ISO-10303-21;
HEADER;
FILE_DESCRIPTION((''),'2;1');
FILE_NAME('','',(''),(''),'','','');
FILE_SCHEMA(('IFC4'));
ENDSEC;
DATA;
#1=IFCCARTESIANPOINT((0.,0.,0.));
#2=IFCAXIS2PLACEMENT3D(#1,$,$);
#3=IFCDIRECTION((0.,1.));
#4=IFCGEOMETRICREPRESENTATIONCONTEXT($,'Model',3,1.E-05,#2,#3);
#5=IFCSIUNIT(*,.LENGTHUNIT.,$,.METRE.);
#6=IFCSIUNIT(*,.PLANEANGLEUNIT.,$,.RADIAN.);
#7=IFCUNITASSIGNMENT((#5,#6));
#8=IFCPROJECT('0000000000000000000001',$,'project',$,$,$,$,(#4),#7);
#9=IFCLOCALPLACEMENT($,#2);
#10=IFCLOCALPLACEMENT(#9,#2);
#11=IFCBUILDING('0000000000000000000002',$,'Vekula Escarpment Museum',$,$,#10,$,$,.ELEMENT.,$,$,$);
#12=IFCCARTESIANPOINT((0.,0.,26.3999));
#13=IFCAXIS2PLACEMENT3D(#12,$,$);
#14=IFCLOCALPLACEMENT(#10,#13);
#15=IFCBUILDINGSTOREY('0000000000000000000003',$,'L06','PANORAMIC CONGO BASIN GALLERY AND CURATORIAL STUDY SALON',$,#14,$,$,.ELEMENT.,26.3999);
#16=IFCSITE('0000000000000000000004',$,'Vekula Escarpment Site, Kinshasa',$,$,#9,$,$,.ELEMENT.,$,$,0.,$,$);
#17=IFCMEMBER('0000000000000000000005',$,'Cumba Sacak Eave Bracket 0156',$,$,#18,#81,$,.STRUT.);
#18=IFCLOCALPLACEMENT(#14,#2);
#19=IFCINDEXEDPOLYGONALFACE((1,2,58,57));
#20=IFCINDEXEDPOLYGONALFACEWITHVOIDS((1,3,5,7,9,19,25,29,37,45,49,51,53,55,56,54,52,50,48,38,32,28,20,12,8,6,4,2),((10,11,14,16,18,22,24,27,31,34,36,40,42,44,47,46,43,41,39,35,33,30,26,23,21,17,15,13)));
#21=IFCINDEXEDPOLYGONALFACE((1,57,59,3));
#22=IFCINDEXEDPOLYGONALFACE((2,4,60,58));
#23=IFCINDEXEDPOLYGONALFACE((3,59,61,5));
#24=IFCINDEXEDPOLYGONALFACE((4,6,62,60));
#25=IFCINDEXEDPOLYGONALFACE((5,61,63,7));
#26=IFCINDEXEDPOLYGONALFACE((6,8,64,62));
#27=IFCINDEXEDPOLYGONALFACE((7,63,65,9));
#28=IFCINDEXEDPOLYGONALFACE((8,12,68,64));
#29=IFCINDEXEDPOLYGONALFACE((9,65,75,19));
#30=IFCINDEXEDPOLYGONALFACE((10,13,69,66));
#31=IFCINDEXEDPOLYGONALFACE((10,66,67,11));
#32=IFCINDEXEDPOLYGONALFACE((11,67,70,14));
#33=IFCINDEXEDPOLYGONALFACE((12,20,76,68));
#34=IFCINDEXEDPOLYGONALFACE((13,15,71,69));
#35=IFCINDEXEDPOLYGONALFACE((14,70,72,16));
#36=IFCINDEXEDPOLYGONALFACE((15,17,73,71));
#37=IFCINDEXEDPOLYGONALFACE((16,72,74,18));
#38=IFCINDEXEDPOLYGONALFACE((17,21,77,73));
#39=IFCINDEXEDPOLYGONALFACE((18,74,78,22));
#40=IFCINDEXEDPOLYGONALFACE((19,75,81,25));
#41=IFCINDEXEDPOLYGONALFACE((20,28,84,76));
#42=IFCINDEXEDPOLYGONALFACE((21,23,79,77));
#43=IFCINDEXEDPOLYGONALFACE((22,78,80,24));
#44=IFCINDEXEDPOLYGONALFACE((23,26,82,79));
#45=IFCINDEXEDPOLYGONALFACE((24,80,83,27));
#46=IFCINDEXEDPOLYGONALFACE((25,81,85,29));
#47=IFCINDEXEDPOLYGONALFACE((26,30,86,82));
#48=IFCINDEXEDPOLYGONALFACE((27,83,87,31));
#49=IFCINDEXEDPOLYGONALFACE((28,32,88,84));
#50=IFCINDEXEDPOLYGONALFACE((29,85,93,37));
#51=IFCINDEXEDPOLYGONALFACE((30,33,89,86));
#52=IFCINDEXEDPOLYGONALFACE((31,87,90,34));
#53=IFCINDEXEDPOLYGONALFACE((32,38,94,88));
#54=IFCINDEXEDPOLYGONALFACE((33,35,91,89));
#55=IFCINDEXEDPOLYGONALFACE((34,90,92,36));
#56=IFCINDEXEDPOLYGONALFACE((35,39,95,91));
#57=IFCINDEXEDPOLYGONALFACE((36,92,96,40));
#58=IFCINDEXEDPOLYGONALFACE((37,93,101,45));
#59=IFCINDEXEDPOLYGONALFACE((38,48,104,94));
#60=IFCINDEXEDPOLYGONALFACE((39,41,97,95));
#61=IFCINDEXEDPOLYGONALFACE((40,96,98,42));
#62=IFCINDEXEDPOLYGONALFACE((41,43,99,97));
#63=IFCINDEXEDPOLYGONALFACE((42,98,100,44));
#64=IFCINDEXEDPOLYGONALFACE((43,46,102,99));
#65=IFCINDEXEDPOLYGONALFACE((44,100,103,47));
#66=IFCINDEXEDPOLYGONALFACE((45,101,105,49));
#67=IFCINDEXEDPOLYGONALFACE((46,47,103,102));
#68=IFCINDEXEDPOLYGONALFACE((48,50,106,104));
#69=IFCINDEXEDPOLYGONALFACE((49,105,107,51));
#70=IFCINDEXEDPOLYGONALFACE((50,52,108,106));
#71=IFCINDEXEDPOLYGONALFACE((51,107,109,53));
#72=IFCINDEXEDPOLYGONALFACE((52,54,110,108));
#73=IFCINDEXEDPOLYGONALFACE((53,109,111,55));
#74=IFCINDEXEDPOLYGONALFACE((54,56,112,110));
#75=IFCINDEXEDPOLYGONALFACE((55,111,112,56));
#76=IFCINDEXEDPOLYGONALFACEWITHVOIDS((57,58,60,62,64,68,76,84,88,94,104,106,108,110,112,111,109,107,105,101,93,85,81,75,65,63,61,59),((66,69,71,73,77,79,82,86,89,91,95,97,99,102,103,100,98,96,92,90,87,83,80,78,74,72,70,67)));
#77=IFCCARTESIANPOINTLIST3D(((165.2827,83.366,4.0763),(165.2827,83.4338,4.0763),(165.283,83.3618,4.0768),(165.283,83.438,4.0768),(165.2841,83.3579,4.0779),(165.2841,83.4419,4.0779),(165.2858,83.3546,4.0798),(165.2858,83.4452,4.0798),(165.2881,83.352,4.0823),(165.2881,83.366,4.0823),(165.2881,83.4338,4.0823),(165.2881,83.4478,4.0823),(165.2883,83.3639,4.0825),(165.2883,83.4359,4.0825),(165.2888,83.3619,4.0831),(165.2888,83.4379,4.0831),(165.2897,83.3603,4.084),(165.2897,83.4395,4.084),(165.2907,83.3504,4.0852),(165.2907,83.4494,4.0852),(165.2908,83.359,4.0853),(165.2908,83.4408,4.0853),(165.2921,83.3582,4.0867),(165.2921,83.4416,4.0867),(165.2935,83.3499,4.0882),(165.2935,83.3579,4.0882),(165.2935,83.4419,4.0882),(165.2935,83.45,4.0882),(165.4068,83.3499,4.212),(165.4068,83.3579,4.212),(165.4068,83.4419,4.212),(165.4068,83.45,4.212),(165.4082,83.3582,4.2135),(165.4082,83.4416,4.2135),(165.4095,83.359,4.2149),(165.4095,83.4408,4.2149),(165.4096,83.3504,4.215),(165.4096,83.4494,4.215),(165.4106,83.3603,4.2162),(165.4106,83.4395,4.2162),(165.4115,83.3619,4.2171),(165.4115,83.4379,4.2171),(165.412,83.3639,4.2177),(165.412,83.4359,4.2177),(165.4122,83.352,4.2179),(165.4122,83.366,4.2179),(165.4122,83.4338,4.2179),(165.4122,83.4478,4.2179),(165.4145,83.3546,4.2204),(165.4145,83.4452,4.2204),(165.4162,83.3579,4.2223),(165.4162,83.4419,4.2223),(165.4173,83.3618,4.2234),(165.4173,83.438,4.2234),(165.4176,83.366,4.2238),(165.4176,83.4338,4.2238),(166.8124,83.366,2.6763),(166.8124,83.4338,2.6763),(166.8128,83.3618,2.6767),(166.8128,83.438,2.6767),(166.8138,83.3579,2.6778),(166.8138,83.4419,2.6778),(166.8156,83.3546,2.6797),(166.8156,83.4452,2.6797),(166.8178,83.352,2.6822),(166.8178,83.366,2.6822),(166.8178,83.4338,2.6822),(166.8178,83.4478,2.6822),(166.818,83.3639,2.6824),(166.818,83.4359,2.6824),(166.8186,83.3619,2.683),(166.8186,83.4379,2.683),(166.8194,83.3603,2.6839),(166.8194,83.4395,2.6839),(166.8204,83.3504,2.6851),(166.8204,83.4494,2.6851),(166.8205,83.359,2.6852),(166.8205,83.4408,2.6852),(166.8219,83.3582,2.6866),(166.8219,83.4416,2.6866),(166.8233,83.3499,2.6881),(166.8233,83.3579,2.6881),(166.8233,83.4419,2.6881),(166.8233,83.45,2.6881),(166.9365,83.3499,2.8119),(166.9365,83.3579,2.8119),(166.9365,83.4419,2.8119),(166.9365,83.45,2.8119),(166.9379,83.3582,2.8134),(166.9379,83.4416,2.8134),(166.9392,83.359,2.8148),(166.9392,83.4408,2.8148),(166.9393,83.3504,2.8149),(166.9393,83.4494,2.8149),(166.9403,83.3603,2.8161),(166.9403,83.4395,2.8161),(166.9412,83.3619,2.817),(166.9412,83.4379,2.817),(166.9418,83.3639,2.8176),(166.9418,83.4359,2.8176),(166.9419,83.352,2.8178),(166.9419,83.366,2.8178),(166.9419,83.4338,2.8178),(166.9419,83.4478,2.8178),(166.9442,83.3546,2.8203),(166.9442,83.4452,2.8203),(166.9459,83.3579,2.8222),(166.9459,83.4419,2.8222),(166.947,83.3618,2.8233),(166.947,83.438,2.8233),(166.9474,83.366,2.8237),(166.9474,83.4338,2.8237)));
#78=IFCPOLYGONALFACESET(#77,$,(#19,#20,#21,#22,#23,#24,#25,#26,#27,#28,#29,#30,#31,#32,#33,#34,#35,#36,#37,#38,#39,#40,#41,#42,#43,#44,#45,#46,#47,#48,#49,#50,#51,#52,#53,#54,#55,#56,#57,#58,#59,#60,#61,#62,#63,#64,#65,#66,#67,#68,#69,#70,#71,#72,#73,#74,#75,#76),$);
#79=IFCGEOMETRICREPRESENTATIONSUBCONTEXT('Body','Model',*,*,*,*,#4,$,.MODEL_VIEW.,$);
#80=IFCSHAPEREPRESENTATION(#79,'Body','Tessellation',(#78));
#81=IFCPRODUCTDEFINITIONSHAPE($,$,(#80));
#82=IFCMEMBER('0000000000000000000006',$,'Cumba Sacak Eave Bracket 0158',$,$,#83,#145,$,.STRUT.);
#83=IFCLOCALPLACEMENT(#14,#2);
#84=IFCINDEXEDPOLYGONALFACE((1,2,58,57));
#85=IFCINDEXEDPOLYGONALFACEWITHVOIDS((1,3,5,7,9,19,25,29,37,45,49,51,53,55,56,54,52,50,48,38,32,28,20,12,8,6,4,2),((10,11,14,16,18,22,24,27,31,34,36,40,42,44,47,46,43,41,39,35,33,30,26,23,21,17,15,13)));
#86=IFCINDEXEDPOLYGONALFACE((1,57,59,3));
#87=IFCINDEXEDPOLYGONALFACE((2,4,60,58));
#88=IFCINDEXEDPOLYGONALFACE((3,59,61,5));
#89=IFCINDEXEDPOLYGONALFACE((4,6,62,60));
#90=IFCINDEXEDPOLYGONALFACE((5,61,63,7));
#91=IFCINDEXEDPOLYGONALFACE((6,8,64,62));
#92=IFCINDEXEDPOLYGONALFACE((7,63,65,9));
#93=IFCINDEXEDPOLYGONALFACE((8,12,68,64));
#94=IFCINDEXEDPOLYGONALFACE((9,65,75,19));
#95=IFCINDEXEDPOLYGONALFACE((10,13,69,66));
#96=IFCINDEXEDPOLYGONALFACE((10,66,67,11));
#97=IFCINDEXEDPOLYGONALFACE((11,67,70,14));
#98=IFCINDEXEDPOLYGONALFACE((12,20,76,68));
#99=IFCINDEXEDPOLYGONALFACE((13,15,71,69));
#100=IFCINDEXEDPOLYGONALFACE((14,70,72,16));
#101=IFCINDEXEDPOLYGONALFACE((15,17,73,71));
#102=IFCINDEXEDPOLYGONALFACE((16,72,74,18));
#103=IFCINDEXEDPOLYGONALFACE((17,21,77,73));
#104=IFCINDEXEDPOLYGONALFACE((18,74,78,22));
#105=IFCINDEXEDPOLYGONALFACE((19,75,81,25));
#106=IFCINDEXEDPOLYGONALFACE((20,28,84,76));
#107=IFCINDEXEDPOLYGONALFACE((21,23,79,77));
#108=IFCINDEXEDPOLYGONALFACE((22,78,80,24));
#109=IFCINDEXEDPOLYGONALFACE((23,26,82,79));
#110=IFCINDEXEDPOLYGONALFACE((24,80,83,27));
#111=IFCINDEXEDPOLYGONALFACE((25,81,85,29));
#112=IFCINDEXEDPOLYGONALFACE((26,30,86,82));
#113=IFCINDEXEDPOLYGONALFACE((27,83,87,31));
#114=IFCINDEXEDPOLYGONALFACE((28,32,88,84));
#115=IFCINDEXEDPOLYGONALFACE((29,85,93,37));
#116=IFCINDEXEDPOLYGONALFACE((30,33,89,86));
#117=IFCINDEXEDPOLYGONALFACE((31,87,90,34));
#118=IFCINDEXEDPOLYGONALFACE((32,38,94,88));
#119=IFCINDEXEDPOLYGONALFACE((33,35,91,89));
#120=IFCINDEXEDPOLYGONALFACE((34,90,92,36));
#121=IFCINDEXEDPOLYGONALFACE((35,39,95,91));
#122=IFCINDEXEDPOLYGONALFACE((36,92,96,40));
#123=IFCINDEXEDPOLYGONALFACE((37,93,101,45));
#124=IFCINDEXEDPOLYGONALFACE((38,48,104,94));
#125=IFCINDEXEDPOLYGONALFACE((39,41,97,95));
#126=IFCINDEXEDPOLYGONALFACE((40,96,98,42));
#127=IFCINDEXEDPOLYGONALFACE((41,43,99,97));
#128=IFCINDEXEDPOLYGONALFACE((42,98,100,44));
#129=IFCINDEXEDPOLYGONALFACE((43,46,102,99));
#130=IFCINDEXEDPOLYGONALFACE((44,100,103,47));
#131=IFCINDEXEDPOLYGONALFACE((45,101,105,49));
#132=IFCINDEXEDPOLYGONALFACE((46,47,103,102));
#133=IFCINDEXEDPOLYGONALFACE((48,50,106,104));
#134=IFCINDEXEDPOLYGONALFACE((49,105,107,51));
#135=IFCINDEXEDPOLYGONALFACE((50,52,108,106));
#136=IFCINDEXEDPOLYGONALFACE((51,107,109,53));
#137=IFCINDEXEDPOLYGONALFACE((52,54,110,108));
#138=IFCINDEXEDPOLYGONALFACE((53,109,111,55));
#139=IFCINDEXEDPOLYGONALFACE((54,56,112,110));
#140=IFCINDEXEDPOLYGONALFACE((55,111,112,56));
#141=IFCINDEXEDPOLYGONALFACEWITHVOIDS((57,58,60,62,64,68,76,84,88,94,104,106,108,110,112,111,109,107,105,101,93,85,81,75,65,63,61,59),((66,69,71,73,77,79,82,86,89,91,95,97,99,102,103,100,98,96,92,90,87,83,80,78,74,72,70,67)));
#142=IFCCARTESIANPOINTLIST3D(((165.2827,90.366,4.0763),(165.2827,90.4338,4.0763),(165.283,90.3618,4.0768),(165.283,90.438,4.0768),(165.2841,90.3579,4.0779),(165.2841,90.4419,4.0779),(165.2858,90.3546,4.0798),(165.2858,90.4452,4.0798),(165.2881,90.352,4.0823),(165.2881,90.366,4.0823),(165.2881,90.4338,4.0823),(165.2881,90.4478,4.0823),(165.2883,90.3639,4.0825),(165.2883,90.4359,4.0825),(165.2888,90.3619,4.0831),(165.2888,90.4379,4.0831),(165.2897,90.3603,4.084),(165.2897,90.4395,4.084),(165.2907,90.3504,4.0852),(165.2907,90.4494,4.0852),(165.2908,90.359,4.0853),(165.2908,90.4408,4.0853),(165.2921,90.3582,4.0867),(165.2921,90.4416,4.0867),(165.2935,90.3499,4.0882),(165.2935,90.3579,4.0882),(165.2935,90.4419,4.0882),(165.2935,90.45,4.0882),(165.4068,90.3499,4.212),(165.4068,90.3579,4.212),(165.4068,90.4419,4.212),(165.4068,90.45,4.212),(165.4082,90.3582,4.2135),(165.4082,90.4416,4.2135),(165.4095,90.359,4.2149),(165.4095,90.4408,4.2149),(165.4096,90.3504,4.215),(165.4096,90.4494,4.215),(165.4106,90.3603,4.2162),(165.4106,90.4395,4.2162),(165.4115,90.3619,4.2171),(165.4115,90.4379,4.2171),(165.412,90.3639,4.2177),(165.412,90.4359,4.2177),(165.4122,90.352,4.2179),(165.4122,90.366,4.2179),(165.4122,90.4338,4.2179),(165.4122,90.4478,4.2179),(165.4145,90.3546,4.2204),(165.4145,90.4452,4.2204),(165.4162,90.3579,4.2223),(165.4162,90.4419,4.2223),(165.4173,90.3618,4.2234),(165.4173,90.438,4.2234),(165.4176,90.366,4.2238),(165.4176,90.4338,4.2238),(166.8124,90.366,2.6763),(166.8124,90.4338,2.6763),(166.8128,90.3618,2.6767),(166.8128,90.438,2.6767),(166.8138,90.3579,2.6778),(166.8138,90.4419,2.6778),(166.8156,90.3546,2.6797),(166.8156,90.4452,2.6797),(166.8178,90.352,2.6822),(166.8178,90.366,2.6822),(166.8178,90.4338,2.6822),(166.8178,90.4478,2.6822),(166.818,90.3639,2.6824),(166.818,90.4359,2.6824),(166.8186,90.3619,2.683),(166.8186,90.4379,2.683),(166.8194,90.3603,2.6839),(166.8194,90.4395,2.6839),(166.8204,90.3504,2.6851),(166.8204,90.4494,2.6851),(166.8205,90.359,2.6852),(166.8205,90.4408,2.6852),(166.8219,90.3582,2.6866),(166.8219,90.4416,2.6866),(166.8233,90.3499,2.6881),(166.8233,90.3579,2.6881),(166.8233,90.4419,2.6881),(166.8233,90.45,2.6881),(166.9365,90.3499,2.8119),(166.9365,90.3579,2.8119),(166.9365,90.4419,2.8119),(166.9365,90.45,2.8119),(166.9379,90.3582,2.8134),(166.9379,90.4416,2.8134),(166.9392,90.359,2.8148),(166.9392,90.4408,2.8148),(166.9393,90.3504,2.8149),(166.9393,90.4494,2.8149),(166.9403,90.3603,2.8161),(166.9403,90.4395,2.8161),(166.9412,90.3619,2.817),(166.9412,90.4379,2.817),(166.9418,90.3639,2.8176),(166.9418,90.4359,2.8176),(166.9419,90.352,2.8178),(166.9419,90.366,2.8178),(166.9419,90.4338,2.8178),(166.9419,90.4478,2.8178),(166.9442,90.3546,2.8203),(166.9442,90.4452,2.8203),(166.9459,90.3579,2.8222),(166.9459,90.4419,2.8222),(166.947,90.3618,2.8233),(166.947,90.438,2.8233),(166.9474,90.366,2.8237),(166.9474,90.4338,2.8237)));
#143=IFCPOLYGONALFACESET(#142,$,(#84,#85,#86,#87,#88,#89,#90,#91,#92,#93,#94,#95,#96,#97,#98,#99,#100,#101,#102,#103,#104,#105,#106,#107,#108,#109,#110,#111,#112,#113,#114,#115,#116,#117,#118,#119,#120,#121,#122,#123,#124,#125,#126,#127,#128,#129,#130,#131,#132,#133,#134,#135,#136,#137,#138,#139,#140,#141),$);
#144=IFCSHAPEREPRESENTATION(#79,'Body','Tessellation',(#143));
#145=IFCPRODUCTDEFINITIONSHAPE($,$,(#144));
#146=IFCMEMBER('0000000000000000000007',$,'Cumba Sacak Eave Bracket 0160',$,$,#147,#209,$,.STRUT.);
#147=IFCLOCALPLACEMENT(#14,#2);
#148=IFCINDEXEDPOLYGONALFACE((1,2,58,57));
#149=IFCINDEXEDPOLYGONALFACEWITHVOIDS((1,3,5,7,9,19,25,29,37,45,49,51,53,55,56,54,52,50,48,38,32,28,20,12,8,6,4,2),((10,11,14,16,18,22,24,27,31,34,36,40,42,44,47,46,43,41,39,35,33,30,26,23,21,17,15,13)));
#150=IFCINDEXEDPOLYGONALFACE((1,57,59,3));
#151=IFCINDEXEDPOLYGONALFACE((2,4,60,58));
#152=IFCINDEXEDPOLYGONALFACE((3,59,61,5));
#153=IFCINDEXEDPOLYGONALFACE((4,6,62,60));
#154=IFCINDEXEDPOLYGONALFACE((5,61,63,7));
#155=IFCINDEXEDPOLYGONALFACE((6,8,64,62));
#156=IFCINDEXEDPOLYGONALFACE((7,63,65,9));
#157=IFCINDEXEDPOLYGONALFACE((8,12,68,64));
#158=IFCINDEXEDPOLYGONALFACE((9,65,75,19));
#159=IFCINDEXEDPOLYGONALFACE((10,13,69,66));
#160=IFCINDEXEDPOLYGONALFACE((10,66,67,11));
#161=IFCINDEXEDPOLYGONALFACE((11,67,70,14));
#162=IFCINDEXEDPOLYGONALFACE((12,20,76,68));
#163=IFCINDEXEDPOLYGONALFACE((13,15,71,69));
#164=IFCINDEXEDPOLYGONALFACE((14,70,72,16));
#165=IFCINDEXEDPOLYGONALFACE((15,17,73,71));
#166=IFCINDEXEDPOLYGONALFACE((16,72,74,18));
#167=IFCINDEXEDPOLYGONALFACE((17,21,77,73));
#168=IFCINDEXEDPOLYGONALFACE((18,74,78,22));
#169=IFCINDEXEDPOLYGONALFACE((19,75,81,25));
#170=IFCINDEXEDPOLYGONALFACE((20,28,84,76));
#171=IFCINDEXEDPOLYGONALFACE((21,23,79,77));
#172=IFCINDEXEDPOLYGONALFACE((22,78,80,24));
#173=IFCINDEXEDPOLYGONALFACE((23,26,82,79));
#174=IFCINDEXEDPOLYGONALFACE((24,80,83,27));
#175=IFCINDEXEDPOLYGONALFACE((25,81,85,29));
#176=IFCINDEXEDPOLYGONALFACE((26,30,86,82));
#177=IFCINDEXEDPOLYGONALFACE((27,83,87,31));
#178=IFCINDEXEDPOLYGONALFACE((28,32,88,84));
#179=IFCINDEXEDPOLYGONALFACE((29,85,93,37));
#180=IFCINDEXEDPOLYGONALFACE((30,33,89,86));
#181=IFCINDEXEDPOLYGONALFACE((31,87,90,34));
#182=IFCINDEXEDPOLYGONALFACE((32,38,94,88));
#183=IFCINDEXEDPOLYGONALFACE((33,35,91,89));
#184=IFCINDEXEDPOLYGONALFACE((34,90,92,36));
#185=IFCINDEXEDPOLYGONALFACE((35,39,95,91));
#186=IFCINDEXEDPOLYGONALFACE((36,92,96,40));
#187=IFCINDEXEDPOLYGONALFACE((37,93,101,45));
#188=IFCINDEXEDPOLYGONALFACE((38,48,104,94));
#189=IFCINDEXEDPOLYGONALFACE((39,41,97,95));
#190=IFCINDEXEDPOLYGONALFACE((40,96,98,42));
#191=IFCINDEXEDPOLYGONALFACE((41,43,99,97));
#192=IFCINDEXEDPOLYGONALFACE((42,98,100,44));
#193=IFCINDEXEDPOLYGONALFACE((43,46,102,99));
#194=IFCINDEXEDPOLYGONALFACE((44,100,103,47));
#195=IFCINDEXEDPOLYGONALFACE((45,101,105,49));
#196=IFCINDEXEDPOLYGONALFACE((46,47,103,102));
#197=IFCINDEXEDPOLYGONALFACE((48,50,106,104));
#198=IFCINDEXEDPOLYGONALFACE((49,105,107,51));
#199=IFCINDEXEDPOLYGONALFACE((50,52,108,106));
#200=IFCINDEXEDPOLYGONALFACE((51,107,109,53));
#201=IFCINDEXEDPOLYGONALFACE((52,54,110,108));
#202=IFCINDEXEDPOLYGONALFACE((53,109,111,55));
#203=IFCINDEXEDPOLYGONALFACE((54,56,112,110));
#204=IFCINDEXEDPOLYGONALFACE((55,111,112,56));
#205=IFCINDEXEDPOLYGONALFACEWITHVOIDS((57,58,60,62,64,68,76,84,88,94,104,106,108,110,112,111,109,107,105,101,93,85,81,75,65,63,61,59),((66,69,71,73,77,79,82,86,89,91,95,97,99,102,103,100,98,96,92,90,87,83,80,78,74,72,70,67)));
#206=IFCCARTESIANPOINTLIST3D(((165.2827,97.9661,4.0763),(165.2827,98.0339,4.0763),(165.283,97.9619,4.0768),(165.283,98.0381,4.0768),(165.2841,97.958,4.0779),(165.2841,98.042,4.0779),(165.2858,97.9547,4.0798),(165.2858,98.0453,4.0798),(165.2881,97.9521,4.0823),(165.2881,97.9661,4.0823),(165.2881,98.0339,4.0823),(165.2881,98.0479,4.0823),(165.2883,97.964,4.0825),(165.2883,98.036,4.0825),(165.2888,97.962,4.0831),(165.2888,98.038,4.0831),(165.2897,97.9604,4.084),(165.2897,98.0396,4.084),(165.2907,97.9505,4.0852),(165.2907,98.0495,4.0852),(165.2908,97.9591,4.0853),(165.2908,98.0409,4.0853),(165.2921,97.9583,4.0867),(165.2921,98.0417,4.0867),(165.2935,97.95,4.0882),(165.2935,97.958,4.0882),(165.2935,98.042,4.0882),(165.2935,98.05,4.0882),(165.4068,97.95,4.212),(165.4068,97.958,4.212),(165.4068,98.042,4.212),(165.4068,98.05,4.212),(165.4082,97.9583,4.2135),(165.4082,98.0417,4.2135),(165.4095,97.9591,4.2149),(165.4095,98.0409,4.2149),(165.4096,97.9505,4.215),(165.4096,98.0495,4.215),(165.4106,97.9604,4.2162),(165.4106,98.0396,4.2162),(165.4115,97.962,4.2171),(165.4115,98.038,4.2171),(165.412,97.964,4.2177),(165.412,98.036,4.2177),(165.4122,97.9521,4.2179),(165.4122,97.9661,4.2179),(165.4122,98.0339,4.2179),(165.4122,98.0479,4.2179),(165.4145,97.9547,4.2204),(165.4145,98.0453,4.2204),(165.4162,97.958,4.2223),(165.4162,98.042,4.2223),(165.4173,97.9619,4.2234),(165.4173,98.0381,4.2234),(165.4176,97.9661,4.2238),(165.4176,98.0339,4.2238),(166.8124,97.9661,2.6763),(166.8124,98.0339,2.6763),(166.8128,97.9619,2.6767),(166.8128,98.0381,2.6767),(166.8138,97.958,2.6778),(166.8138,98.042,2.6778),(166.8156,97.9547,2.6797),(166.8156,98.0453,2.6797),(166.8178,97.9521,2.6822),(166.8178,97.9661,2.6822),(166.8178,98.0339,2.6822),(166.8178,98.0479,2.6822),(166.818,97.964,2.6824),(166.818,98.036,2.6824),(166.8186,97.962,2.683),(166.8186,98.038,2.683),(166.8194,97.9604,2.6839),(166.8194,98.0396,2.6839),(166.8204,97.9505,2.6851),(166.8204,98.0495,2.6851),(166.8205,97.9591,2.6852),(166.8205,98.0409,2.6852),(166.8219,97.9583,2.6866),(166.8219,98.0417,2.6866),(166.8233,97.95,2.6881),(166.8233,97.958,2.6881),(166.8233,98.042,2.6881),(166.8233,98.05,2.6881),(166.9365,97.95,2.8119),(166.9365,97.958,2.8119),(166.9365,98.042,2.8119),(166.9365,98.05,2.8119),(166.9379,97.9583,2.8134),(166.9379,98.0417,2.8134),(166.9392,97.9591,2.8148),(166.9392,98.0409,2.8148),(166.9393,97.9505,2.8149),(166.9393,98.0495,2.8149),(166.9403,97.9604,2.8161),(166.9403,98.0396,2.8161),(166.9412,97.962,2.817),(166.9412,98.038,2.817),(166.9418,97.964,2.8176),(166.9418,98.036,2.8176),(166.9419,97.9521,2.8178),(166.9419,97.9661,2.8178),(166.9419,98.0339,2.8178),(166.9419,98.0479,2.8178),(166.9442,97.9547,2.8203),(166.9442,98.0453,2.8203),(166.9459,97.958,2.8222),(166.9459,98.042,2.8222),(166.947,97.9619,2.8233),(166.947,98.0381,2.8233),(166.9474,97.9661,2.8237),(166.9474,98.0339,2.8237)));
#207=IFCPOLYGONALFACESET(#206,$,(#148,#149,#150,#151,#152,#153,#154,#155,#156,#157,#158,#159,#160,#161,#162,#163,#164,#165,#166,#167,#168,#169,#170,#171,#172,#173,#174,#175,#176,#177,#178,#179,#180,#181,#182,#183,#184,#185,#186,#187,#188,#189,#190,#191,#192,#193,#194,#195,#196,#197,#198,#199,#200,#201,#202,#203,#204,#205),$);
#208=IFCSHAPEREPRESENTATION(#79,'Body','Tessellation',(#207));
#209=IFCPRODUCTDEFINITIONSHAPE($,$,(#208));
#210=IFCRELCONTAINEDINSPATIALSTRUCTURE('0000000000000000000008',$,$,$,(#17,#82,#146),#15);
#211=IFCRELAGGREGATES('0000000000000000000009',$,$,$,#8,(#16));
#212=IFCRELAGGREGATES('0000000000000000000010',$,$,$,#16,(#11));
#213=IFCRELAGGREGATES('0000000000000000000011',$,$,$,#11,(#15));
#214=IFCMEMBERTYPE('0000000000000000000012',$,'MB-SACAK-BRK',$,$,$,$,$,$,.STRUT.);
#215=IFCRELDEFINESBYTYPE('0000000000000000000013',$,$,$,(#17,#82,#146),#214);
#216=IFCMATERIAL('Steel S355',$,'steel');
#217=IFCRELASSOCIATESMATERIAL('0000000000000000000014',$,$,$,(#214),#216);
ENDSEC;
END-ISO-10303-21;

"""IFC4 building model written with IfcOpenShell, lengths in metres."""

from ifc_helpers import new_model, si_unit, direction, frame, origin, origin_2d, place, context, subcontext, project, spatial, hollow_rectangle, extrude, material, material_profile, profile_set, type_object, element, save


model = new_model("IFC4")

# Units and contexts
model_context = context("Model", 3, precision=1e-05, world=origin(), true_north=direction((0.0, 1.0)))
body_context = subcontext(model_context, "Body", "Model", "MODEL_VIEW")
ifc_project = project(units=[si_unit("LENGTHUNIT", "METRE"), si_unit("PLANEANGLEUNIT", "RADIAN")], contexts=[model_context])

# Site, building, storey
site_placement = place(None, origin())
site = spatial("IfcSite", under=ifc_project, at=site_placement, Name="Vekula Escarpment Site, Kinshasa", CompositionType="ELEMENT", RefElevation=0.0)
building_placement = place(site_placement, origin())
building = spatial("IfcBuilding", under=site, at=building_placement, Name="Vekula Escarpment Museum", CompositionType="ELEMENT")
storey_placement = place(building_placement, frame((0.0, 0.0, 26.3999)))
storey = spatial("IfcBuildingStorey", under=building, at=storey_placement, Name="L06", Description="PANORAMIC CONGO BASIN GALLERY AND CURATORIAL STUDY SALON", CompositionType="ELEMENT", Elevation=26.3999)

# Members
ifc_material_1 = material(Name="Steel S355", Category="steel")
ifc_material_profile_1 = material_profile(ifc_material_1, hollow_rectangle(XDim=0.1001, YDim=0.2, WallThickness=0.0081, InnerFilletRadius=0.0081, OuterFilletRadius=0.0161, at=origin_2d()), Name="RHS 200x100x8")
ifc_profile_set_1 = profile_set([ifc_material_profile_1], Name="Steel S355")
member_type = type_object("IfcMemberType", Name="MB-SACAK-BRK", PredefinedType="STRUT", material=ifc_profile_set_1)
for number, where, z_axis, x_axis, name in (
    (1, (166.8799, 83.3999, 2.75), (-0.737672, 0.0, 0.675159), (0.0, -1.0, 0.0), "Cumba Sacak Eave Bracket 0156"),
    (2, (166.8799, 90.3999, 2.75), (-0.737672, 0.0, 0.675159), (0.0, -1.0, 0.0), "Cumba Sacak Eave Bracket 0158"),
    (3, (166.8799, 98.0, 2.75), (-0.737672, 0.0, 0.675159), (0.0, -1.0, 0.0), "Cumba Sacak Eave Bracket 0160"),
):
    element("IfcMember", number, at=place(storey_placement, frame(where, z_axis=z_axis, x_axis=x_axis)), inside=storey, type_object=member_type, Name=name, PredefinedType="STRUT", context=body_context, shape_type="SweptSolid", body=[
        extrude(hollow_rectangle(XDim=0.1001, YDim=0.2, WallThickness=0.0081, InnerFilletRadius=0.0081, OuterFilletRadius=0.0161, at=origin_2d()), origin(), (0.0, 0.0, 1.0), 2.0737),
    ])

save(model, "model.ifc")
